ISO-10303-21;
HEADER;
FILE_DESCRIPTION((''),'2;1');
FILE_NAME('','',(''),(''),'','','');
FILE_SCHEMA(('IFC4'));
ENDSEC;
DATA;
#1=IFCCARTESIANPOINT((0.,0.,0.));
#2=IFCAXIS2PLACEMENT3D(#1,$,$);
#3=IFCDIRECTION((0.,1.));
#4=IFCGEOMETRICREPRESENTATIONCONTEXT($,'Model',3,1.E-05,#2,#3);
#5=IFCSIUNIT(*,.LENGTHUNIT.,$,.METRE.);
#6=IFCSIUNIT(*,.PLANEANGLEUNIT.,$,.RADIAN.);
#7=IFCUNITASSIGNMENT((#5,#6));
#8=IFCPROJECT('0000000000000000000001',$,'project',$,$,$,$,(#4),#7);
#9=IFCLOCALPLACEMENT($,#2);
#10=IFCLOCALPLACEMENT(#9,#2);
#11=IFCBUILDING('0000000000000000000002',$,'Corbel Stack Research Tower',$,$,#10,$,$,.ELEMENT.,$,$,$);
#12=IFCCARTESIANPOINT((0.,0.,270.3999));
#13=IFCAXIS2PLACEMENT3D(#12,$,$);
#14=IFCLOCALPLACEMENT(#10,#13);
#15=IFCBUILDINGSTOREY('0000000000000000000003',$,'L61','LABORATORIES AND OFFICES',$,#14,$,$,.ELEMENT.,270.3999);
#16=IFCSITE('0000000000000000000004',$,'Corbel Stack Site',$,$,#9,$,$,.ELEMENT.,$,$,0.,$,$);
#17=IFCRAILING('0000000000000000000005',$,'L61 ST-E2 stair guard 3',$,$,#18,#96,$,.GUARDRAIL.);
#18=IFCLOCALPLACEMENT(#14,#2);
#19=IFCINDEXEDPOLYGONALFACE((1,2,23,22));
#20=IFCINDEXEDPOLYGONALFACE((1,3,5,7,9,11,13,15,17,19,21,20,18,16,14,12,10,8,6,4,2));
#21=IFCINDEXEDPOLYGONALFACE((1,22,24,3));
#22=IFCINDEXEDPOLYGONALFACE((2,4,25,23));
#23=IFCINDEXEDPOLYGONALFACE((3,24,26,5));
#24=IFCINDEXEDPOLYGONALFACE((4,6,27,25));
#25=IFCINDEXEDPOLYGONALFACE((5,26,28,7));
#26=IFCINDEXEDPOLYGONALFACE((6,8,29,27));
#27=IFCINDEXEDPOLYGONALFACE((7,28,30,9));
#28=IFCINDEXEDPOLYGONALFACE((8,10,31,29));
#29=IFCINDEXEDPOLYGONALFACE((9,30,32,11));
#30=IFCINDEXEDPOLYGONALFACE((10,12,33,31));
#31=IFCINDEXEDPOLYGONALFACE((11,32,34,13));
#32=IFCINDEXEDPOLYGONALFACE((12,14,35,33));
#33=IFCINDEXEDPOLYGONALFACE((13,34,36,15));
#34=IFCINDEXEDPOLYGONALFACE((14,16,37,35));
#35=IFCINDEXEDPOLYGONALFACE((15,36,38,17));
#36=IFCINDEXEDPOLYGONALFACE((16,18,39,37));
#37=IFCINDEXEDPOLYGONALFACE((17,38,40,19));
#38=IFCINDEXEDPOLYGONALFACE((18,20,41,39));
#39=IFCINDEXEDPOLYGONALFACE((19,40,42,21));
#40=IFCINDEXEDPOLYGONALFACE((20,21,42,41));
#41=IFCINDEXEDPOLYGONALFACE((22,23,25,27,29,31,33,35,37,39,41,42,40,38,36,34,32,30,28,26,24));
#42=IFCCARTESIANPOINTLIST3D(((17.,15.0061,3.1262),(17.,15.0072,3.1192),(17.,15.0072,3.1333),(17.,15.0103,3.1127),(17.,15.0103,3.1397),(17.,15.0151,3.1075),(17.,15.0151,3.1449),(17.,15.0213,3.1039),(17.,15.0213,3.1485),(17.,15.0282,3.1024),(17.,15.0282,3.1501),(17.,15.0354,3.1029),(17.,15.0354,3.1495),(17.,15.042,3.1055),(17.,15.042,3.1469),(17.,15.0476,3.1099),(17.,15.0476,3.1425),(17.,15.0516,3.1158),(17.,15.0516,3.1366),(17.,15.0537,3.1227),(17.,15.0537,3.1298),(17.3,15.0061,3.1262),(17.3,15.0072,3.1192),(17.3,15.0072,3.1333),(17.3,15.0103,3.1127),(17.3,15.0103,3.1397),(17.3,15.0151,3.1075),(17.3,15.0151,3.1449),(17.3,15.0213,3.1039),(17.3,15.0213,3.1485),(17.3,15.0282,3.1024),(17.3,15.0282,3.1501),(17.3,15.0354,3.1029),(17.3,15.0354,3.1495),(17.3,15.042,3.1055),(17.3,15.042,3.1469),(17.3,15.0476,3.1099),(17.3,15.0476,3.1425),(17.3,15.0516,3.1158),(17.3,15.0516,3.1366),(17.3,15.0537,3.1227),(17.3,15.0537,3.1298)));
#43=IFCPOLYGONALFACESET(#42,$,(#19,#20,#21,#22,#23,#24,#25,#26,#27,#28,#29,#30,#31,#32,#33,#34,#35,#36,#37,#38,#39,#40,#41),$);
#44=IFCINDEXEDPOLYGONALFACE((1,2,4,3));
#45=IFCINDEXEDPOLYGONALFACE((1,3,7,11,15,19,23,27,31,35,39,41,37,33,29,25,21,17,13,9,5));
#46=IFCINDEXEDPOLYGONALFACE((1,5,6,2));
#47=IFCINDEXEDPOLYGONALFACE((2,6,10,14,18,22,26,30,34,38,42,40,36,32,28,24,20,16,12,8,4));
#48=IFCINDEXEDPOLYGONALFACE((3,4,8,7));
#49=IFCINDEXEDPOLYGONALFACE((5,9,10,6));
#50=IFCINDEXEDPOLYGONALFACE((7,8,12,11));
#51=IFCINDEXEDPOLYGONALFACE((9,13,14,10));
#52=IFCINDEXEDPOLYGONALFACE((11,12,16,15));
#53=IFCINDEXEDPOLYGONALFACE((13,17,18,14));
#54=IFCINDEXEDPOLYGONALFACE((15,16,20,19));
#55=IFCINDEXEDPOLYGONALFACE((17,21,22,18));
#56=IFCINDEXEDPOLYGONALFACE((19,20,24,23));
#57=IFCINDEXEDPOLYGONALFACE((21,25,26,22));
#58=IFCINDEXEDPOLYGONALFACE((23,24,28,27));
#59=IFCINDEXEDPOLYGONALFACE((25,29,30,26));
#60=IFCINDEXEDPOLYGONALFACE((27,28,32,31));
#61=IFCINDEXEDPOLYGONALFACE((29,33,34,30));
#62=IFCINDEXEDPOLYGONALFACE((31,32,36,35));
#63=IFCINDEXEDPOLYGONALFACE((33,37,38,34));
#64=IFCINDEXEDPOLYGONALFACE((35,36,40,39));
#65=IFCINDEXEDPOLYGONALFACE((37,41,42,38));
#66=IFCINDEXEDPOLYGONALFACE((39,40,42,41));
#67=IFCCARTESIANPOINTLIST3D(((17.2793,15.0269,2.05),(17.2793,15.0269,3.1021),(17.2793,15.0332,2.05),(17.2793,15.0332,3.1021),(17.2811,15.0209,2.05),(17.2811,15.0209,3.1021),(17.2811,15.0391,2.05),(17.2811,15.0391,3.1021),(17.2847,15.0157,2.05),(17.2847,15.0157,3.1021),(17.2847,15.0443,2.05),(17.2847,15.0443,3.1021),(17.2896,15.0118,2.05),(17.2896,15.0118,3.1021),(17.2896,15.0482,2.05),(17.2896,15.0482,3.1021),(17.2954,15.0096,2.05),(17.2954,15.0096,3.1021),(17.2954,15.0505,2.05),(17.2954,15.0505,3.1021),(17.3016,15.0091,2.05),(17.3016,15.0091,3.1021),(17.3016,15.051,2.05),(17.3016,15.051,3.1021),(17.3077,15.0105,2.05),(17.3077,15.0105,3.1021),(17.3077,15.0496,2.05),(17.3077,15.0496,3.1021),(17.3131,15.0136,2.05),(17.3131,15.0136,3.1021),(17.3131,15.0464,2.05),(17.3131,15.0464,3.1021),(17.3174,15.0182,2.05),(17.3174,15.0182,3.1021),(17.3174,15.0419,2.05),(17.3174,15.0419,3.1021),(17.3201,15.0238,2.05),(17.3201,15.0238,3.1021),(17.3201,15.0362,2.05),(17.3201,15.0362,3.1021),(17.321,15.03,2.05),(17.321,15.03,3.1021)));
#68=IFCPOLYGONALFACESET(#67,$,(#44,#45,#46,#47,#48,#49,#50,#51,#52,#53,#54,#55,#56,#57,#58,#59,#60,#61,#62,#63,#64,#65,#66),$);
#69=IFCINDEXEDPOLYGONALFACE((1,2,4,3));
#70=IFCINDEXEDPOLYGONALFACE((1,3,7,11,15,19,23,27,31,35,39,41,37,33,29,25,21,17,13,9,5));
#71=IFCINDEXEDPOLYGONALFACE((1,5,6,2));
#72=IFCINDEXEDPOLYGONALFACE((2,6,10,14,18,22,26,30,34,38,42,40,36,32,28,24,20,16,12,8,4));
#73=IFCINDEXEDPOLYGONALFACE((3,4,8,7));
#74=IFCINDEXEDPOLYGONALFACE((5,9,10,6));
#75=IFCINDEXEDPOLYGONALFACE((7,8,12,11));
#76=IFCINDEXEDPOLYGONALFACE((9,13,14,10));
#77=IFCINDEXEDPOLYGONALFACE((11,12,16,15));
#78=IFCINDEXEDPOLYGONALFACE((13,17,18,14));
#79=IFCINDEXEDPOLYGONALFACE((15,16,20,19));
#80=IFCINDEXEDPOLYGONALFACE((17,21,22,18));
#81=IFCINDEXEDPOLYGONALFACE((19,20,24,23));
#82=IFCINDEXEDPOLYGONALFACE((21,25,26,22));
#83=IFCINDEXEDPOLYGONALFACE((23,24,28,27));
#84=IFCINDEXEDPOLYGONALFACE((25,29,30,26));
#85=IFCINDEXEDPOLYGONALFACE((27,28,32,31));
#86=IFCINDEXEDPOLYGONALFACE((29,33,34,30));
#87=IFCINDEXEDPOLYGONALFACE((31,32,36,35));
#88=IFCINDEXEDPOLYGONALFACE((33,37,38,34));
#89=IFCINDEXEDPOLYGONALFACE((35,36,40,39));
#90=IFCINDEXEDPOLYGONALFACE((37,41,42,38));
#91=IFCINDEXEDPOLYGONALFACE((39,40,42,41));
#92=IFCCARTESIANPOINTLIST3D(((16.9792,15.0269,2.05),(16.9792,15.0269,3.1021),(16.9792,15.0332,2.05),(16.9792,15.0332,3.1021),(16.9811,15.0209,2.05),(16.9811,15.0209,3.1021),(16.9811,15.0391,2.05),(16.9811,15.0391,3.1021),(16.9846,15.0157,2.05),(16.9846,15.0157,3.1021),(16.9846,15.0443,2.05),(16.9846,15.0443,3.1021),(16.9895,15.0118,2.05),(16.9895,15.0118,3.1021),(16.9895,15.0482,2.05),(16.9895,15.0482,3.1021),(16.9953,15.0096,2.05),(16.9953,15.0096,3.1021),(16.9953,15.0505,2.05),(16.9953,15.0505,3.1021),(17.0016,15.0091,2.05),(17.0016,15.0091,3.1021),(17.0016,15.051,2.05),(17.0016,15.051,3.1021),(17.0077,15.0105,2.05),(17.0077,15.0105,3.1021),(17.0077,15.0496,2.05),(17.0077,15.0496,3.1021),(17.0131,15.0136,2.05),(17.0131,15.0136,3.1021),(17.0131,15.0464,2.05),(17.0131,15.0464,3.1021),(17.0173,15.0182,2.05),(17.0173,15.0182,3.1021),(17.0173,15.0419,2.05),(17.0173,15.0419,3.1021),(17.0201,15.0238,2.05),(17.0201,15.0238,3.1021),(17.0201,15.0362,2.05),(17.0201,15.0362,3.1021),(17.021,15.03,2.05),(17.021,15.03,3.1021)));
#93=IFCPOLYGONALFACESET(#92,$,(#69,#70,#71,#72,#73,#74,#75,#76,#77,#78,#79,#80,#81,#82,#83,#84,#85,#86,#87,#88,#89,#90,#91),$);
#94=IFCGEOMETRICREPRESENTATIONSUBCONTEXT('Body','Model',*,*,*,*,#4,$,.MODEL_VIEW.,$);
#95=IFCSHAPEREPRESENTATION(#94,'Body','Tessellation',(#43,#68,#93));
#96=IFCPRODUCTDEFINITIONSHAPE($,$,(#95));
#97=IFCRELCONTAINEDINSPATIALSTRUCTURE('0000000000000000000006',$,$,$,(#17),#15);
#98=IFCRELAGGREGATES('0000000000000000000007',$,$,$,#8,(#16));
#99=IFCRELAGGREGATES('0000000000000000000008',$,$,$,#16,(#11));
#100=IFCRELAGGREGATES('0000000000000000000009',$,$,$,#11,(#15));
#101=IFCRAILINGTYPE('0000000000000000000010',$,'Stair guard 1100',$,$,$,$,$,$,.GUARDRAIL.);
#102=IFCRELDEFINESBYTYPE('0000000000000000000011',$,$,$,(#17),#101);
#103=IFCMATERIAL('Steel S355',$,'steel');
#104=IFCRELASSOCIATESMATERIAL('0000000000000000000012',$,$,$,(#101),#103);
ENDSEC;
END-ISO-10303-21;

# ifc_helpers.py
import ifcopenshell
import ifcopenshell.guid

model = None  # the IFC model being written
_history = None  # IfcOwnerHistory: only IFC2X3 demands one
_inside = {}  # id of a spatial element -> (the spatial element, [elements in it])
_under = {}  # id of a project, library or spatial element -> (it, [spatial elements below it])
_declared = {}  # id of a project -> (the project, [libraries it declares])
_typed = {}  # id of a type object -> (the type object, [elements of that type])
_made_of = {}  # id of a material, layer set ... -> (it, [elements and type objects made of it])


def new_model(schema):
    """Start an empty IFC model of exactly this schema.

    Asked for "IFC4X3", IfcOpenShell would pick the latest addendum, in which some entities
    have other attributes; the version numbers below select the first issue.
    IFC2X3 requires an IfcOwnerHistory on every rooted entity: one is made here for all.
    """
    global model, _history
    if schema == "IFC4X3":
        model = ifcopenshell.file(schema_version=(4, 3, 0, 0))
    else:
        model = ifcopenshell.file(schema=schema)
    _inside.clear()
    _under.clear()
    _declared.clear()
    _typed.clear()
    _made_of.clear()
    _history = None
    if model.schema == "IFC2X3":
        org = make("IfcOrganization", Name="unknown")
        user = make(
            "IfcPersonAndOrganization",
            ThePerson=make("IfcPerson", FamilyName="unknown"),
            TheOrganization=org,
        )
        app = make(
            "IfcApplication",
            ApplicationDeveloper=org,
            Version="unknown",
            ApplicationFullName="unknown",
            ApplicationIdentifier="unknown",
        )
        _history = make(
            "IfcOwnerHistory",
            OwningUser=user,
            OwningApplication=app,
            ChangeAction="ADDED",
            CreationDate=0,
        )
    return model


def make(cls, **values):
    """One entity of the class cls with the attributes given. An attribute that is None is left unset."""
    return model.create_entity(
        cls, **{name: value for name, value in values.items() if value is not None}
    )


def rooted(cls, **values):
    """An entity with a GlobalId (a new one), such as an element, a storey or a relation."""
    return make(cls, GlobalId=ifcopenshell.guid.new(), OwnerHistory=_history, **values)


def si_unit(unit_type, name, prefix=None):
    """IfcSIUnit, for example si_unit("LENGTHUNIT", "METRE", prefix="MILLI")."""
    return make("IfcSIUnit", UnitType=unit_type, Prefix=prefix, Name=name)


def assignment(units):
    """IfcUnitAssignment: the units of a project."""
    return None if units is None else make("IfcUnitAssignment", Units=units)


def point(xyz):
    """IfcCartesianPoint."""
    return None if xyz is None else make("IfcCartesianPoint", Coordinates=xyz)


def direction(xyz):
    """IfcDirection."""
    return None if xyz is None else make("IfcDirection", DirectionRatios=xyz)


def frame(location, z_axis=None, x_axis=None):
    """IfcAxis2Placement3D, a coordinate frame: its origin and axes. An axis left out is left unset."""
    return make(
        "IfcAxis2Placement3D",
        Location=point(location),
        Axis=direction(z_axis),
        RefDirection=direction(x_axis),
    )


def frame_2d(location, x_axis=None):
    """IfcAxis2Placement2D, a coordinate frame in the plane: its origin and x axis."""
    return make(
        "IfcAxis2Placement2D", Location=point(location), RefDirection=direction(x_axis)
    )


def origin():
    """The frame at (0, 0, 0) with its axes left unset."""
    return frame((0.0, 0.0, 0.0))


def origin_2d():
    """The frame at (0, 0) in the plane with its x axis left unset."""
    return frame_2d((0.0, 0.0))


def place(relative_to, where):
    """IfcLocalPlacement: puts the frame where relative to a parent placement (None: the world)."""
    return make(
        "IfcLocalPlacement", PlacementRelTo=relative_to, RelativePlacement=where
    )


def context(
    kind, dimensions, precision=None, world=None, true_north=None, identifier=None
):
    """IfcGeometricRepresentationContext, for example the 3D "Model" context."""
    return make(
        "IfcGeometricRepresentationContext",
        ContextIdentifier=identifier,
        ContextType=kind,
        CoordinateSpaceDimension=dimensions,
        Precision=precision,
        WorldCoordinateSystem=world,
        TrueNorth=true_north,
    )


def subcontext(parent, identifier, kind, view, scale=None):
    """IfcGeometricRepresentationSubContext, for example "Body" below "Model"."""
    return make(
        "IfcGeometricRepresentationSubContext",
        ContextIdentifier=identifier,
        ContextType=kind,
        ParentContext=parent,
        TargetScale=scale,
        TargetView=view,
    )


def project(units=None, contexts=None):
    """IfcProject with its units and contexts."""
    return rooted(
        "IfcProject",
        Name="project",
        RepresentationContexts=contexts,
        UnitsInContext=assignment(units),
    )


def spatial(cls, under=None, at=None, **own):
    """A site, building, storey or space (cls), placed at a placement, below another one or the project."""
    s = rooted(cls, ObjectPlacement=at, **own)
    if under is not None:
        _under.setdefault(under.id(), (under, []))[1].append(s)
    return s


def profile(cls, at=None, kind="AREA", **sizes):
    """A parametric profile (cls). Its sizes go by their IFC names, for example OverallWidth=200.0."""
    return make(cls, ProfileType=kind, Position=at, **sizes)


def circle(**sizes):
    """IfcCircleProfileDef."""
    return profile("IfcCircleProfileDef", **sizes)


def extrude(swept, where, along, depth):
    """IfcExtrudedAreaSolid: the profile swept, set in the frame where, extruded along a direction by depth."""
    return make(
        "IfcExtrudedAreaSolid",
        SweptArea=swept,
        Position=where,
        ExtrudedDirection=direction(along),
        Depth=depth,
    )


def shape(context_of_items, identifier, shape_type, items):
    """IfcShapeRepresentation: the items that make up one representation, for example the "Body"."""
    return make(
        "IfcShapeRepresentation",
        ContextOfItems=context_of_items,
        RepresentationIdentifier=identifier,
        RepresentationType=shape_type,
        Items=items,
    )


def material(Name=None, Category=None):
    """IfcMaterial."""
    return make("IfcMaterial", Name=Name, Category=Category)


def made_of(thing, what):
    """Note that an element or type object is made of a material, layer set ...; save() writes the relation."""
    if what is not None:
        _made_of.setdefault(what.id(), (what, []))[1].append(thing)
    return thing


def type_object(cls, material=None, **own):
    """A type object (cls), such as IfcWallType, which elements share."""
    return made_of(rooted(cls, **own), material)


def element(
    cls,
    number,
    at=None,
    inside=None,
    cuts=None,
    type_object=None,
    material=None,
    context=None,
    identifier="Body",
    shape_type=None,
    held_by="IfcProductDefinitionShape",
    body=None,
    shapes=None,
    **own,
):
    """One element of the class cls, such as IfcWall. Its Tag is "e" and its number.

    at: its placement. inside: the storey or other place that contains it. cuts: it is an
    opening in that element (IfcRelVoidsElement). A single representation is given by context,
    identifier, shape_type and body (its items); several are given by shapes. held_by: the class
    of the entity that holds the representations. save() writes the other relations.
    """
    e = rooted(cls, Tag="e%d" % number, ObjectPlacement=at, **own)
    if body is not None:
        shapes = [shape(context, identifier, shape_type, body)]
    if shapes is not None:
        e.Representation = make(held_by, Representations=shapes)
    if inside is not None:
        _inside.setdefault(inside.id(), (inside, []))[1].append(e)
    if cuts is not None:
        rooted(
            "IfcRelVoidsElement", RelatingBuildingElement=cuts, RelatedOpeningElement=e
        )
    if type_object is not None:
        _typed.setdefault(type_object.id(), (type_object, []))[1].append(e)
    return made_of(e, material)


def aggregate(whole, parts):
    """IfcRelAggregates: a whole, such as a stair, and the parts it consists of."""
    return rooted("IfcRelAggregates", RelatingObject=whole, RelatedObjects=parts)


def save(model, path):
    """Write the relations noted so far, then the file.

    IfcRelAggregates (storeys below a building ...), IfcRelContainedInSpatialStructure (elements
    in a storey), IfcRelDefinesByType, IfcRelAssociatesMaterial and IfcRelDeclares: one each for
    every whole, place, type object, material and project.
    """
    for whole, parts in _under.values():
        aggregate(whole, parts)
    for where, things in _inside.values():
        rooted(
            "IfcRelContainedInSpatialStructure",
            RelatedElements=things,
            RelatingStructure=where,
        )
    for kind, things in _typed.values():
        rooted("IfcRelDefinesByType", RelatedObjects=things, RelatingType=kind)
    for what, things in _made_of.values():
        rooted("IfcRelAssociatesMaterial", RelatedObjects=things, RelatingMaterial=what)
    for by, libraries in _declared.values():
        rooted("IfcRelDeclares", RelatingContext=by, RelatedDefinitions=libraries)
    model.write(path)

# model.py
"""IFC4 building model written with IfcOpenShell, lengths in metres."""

from ifc_helpers import new_model, si_unit, direction, frame, origin, origin_2d, place, context, subcontext, project, spatial, circle, extrude, material, type_object, element, save


model = new_model("IFC4")

# Units and contexts
model_context = context("Model", 3, precision=1e-05, world=origin(), true_north=direction((0.0, 1.0)))
body_context = subcontext(model_context, "Body", "Model", "MODEL_VIEW")
ifc_project = project(units=[si_unit("LENGTHUNIT", "METRE"), si_unit("PLANEANGLEUNIT", "RADIAN")], contexts=[model_context])

# Site, building, storey
site_placement = place(None, origin())
site = spatial("IfcSite", under=ifc_project, at=site_placement, Name="Corbel Stack Site", CompositionType="ELEMENT", RefElevation=0.0)
building_placement = place(site_placement, origin())
building = spatial("IfcBuilding", under=site, at=building_placement, Name="Corbel Stack Research Tower", CompositionType="ELEMENT")
storey_placement = place(building_placement, frame((0.0, 0.0, 270.3999)))
storey = spatial("IfcBuildingStorey", under=building, at=storey_placement, Name="L61", Description="LABORATORIES AND OFFICES", CompositionType="ELEMENT", Elevation=270.3999)

# Railing
ifc_material_1 = material(Name="Steel S355", Category="steel")
railing_type_1 = type_object("IfcRailingType", Name="Stair guard 1100", PredefinedType="GUARDRAIL", material=ifc_material_1)
railing_1_placement = place(storey_placement, frame((17.3, 15.03, 2.05)))
element("IfcRailing", 1, at=railing_1_placement, inside=storey, type_object=railing_type_1, Name="L61 ST-E2 stair guard 3", PredefinedType="GUARDRAIL", context=body_context, shape_type="SweptSolid", body=[
    extrude(circle(Radius=0.0239, at=origin_2d()), frame((0.0, 0.0, 1.0762), z_axis=(-1.0, 0.0, 0.0), x_axis=(0.0, -1.0, 0.0)), (0.0, 0.0, 1.0), 0.3),
    extrude(circle(Radius=0.021, at=origin_2d()), origin(), (0.0, 0.0, 1.0), 1.052),
    extrude(circle(Radius=0.021, at=origin_2d()), frame((-0.3, 0.0, 0.0)), (0.0, 0.0, 1.0), 1.052),
])

save(model, "model.ifc")
